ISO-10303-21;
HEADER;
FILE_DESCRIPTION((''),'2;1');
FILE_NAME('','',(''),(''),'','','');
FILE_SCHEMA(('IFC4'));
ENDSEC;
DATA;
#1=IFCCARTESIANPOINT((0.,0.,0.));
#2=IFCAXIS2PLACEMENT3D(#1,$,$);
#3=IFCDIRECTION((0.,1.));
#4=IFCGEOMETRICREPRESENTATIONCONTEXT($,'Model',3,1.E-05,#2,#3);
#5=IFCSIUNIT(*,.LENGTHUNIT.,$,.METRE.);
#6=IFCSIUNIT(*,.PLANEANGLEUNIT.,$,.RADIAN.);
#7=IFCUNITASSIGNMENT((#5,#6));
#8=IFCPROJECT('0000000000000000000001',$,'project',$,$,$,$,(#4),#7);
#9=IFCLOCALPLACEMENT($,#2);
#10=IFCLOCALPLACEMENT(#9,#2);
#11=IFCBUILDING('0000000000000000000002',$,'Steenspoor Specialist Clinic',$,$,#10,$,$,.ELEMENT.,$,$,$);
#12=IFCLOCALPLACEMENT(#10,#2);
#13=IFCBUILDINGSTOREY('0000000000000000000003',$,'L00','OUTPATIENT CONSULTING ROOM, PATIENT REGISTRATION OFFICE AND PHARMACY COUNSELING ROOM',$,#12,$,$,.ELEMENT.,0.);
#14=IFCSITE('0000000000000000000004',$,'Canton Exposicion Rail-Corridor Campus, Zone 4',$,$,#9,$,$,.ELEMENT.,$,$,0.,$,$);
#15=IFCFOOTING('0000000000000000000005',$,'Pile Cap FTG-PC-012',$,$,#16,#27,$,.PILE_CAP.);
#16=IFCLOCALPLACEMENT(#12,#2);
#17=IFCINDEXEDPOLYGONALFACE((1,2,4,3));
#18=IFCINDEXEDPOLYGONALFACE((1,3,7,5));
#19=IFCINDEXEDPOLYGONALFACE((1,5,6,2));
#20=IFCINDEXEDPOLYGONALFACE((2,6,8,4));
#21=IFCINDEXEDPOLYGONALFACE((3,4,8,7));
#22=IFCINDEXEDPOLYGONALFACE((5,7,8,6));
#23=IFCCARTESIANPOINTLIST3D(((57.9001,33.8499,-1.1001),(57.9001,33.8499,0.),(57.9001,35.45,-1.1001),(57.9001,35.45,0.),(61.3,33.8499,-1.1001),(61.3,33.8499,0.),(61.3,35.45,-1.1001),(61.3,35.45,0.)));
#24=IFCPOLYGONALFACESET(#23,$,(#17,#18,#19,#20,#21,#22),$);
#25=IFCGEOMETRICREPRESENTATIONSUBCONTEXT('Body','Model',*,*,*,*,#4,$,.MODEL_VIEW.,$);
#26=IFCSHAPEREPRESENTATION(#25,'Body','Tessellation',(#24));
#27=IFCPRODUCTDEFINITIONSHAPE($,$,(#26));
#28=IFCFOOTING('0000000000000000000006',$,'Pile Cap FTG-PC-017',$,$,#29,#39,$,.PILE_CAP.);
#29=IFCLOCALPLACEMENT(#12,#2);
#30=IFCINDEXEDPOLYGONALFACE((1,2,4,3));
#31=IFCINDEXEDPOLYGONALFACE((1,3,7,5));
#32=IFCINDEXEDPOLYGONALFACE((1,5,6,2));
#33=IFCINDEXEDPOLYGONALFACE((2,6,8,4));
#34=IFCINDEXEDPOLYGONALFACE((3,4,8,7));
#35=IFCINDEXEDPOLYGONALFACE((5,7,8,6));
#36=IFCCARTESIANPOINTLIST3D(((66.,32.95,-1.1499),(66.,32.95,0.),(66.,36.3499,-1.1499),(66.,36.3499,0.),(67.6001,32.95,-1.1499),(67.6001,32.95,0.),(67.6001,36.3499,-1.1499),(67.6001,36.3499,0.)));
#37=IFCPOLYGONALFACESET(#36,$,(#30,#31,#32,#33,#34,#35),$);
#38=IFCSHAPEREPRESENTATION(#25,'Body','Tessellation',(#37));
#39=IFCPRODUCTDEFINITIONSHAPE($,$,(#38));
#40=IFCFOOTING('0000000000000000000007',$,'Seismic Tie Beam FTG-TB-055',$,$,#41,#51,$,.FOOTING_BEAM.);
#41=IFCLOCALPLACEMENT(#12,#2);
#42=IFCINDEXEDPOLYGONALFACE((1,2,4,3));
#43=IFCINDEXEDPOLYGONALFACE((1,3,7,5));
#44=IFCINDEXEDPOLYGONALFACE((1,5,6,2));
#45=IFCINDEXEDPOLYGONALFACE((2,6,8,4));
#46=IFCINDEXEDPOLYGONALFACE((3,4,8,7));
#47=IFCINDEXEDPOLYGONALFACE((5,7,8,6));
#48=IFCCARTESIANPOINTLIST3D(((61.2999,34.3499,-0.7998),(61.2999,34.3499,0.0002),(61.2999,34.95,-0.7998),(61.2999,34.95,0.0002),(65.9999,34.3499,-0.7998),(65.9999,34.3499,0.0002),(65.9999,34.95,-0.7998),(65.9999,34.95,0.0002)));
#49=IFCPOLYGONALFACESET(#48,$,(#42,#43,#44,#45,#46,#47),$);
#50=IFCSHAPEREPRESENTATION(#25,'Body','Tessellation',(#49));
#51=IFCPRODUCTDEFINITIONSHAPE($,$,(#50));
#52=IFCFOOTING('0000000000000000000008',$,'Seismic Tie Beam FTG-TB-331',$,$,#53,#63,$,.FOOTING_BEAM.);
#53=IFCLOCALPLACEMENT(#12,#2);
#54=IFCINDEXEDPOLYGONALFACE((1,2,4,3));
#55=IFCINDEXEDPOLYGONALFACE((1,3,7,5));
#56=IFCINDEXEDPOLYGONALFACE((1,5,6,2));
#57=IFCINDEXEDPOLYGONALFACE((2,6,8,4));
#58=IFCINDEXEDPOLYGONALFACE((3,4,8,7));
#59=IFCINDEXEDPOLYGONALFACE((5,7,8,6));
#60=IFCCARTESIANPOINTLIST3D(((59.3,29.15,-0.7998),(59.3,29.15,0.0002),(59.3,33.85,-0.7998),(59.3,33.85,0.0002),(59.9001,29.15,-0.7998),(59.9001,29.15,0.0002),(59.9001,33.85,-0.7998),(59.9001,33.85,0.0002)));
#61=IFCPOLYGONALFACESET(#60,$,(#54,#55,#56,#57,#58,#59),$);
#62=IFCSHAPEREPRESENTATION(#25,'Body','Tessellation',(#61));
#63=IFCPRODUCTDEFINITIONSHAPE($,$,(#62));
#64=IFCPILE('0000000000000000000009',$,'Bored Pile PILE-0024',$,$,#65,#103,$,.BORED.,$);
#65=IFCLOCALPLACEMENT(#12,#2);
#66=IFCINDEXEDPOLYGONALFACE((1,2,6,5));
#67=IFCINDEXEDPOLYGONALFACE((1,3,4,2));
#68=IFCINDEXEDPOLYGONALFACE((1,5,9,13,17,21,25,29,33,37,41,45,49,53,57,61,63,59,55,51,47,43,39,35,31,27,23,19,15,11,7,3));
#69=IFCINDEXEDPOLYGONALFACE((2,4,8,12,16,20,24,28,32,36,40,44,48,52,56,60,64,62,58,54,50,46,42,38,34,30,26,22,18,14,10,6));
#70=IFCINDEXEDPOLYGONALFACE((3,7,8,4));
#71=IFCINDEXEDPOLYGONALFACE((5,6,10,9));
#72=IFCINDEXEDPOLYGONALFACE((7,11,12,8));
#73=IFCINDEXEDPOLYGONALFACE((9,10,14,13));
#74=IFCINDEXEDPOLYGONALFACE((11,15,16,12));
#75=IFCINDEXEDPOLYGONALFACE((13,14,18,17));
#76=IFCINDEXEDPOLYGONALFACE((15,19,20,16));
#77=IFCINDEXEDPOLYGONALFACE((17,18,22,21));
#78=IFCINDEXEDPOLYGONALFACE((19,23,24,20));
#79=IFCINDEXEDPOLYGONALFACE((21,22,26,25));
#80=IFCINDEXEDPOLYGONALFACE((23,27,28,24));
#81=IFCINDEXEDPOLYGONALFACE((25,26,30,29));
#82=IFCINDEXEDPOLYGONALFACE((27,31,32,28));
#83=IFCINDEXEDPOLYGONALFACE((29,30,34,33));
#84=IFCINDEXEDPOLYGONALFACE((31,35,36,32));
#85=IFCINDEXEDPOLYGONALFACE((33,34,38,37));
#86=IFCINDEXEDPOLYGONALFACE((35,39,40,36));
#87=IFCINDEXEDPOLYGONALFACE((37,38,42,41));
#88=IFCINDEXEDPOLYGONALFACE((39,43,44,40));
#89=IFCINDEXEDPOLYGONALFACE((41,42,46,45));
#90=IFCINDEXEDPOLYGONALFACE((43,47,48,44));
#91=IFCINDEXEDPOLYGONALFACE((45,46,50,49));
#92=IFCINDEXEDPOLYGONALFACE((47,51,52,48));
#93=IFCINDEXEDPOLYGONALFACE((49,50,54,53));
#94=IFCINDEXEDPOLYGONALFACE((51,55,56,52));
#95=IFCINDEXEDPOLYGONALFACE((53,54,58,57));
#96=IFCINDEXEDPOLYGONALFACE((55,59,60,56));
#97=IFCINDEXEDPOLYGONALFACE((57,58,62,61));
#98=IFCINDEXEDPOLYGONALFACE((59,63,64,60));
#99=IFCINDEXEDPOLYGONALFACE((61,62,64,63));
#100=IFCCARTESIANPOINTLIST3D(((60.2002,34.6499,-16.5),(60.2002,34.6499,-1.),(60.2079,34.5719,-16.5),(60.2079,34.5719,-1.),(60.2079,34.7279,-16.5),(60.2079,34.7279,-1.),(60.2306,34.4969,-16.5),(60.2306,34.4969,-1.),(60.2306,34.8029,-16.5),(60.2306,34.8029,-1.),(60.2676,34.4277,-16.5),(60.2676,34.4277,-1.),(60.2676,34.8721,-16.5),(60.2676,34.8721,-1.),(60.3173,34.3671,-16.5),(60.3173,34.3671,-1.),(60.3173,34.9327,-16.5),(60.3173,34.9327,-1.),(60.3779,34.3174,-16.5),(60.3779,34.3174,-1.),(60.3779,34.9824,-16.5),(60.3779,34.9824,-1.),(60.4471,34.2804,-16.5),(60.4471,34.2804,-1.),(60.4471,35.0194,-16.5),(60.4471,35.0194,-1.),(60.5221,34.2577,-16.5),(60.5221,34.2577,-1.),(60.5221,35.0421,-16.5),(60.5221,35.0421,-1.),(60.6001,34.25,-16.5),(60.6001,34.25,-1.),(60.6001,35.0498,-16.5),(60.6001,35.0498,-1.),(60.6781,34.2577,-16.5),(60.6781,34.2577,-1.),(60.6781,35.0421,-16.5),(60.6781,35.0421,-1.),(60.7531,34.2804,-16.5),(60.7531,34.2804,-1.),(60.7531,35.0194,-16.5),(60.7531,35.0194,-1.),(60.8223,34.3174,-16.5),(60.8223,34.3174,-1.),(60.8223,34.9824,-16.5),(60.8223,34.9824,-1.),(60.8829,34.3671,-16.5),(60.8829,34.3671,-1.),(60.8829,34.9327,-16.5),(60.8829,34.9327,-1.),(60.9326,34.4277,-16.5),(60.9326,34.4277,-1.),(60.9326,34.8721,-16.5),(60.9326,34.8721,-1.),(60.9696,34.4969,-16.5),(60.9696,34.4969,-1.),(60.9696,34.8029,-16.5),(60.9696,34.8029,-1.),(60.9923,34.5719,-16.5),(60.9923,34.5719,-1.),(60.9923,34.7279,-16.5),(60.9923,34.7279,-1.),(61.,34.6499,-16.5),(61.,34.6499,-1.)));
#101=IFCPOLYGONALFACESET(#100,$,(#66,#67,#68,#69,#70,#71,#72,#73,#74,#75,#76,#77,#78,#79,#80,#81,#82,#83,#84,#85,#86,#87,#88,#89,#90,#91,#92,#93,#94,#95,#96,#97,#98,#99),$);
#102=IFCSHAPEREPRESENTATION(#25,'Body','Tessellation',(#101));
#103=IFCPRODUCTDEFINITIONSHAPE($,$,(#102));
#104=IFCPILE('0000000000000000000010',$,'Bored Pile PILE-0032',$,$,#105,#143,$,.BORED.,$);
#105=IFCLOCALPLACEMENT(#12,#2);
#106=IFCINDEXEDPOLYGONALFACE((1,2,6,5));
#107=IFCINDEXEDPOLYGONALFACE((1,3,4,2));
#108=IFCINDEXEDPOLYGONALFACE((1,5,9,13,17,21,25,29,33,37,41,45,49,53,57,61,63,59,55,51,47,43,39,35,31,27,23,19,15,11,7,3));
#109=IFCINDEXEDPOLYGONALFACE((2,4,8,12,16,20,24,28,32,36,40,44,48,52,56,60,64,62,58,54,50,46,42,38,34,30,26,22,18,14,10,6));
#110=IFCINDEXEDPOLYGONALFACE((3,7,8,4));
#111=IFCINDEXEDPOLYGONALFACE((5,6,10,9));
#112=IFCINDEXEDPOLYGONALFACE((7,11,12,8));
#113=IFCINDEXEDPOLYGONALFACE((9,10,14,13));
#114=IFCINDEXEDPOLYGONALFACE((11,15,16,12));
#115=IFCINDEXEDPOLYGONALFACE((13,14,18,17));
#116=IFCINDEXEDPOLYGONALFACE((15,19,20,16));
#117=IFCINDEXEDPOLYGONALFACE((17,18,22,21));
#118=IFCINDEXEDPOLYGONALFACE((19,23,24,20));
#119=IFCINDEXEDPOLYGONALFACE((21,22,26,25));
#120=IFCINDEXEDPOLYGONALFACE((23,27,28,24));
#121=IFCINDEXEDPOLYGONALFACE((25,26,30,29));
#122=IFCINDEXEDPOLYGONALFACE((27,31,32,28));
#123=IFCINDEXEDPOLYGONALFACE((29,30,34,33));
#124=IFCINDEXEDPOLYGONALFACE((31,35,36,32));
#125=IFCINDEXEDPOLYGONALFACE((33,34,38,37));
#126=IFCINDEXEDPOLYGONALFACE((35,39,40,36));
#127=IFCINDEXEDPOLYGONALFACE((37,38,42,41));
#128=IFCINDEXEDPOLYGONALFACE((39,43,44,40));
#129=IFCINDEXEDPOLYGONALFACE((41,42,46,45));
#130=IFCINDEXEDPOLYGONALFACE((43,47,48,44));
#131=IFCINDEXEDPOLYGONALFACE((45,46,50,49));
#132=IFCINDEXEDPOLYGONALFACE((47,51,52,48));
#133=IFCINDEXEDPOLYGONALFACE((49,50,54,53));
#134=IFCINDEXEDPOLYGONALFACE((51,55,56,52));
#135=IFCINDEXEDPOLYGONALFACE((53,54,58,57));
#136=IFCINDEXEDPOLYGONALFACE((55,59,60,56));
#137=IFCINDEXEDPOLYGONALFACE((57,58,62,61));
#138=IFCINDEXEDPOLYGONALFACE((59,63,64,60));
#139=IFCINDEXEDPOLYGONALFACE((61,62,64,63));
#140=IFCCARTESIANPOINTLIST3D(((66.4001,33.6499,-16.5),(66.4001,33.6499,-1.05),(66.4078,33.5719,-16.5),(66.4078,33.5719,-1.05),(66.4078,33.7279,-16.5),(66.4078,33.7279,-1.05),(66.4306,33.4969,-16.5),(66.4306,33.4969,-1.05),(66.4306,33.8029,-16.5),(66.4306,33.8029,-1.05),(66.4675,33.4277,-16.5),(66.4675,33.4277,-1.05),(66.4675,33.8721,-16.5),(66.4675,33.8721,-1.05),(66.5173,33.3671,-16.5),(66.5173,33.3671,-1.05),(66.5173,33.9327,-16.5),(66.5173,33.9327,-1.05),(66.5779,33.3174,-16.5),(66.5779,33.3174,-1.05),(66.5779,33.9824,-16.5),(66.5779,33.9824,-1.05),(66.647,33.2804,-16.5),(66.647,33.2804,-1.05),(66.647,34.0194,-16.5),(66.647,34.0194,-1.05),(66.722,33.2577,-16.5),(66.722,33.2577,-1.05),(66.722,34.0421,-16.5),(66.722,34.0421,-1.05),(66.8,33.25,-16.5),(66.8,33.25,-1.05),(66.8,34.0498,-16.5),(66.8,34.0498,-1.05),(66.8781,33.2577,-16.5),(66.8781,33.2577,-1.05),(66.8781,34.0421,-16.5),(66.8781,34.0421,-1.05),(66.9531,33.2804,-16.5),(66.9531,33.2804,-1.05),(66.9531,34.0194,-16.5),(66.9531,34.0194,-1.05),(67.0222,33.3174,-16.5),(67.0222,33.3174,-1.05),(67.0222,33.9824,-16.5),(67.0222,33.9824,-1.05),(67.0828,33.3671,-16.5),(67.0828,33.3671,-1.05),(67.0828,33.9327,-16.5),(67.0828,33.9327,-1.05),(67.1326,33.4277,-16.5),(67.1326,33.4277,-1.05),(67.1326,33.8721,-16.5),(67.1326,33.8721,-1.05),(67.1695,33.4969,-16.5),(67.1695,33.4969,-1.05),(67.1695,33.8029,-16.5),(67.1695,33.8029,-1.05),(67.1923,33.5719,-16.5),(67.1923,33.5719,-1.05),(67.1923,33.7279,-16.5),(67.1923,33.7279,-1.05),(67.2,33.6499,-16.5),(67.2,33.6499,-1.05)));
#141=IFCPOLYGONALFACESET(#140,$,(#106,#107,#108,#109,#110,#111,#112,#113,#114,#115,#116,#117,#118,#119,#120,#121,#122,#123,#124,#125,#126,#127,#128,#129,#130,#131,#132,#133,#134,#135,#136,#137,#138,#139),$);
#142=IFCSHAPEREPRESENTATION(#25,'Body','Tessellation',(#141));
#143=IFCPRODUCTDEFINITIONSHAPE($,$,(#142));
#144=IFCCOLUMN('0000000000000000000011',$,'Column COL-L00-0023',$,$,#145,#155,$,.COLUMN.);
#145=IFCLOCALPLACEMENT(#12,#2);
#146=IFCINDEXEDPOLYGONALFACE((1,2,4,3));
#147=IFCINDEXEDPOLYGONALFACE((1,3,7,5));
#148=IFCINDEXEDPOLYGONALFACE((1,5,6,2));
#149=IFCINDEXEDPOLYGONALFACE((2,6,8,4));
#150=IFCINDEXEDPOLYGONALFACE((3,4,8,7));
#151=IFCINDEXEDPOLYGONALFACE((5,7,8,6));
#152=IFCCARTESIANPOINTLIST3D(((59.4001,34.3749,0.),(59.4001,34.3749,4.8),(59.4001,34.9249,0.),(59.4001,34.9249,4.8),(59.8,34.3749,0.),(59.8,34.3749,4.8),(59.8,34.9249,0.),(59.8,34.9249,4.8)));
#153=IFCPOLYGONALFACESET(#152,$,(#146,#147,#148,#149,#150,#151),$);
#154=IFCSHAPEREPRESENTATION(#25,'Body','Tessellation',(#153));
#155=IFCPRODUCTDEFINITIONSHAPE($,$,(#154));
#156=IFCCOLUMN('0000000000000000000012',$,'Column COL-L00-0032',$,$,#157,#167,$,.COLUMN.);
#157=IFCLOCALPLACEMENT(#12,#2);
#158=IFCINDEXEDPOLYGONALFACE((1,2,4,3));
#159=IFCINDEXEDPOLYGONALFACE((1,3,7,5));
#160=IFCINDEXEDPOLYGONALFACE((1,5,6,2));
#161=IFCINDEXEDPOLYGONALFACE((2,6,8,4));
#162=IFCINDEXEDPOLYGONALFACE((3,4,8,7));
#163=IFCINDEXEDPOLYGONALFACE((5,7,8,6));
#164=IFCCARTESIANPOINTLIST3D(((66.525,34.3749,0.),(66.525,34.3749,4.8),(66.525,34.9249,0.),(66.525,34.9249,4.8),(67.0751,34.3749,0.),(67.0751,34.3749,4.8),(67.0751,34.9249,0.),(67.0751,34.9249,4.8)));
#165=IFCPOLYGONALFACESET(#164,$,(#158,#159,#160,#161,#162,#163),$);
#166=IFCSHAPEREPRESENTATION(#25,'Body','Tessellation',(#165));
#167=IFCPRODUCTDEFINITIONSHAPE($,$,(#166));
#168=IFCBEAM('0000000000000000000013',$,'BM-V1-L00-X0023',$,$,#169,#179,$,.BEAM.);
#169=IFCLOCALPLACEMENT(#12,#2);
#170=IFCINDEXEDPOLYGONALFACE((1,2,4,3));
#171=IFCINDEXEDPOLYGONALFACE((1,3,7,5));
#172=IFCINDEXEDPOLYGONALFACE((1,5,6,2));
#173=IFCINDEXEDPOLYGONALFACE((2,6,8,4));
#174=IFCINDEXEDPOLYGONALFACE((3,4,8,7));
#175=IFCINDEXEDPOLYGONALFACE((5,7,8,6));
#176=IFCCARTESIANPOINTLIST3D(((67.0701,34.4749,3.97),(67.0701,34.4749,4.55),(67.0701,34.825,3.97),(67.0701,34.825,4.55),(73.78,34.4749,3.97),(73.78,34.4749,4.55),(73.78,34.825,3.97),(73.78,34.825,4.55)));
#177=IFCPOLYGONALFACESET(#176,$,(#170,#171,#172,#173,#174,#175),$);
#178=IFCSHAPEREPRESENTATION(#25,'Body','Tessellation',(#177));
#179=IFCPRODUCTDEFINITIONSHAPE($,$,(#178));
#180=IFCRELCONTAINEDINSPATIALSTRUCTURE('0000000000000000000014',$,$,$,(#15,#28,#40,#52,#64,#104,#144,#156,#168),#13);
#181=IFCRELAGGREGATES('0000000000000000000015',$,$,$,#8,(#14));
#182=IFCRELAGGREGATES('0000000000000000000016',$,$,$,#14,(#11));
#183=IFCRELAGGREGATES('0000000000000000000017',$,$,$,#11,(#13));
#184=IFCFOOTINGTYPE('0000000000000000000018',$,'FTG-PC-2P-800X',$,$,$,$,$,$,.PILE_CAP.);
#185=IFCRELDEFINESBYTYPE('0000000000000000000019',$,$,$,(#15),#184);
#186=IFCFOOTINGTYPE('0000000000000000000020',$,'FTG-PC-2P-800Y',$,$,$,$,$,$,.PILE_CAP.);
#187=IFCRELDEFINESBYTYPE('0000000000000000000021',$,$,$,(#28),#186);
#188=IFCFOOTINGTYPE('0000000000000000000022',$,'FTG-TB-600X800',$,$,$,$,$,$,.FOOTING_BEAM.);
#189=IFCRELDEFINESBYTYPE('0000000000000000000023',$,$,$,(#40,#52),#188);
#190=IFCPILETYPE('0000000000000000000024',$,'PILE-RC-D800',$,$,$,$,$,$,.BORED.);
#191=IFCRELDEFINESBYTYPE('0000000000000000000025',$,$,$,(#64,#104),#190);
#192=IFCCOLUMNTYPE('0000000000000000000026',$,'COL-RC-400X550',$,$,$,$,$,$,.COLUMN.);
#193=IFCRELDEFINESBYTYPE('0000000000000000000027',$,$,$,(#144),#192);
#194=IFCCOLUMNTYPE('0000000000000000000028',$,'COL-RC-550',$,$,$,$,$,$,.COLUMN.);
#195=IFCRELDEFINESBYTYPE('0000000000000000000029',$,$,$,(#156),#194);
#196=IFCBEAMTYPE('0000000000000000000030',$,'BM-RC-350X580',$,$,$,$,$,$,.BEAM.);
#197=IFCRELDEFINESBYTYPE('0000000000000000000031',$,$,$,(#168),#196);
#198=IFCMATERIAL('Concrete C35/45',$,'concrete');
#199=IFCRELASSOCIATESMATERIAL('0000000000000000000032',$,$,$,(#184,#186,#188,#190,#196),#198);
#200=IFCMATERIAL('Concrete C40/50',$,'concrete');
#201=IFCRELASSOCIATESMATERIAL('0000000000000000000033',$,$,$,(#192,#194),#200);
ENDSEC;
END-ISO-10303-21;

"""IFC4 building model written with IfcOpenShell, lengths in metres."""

from ifc_helpers import new_model, si_unit, direction, frame, origin, origin_2d, place, context, subcontext, project, spatial, rectangle, circle, extrude, material, material_profile, profile_set, type_object, element, save


model = new_model("IFC4")

# Units and contexts
model_context = context("Model", 3, precision=1e-05, world=origin(), true_north=direction((0.0, 1.0)))
body_context = subcontext(model_context, "Body", "Model", "MODEL_VIEW")
ifc_project = project(units=[si_unit("LENGTHUNIT", "METRE"), si_unit("PLANEANGLEUNIT", "RADIAN")], contexts=[model_context])

# Site, building, storey
site_placement = place(None, origin())
site = spatial("IfcSite", under=ifc_project, at=site_placement, Name="Canton Exposicion Rail-Corridor Campus, Zone 4", CompositionType="ELEMENT", RefElevation=0.0)
building_placement = place(site_placement, origin())
building = spatial("IfcBuilding", under=site, at=building_placement, Name="Steenspoor Specialist Clinic", CompositionType="ELEMENT")
storey_placement = place(building_placement, origin())
storey = spatial("IfcBuildingStorey", under=building, at=storey_placement, Name="L00", Description="OUTPATIENT CONSULTING ROOM, PATIENT REGISTRATION OFFICE AND PHARMACY COUNSELING ROOM", CompositionType="ELEMENT", Elevation=0.0)

# Footings
ifc_material_1 = material(Name="Concrete C35/45", Category="concrete")
footing_type_1 = type_object("IfcFootingType", Name="FTG-PC-2P-800X", PredefinedType="PILE_CAP", material=ifc_material_1)
footing_1_placement = place(storey_placement, frame((59.6001, 34.6499, -1.1001), z_axis=(0.0, 0.0, 1.0), x_axis=(1.0, 0.0, 0.0)))
element("IfcFooting", 1, at=footing_1_placement, inside=storey, type_object=footing_type_1, Name="Pile Cap FTG-PC-012", PredefinedType="PILE_CAP", context=body_context, shape_type="SweptSolid", body=[
    extrude(rectangle(XDim=3.3999, YDim=1.6001, at=origin_2d()), origin(), (0.0, 0.0, 1.0), 1.1001),
])
footing_type_2 = type_object("IfcFootingType", Name="FTG-PC-2P-800Y", PredefinedType="PILE_CAP", material=ifc_material_1)
footing_2_placement = place(storey_placement, frame((66.8, 34.6499, -1.1499), z_axis=(0.0, 0.0, 1.0), x_axis=(1.0, 0.0, 0.0)))
element("IfcFooting", 2, at=footing_2_placement, inside=storey, type_object=footing_type_2, Name="Pile Cap FTG-PC-017", PredefinedType="PILE_CAP", context=body_context, shape_type="SweptSolid", body=[
    extrude(rectangle(XDim=1.6001, YDim=3.3999, at=origin_2d()), origin(), (0.0, 0.0, 1.0), 1.1499),
])
footing_type_3 = type_object("IfcFootingType", Name="FTG-TB-600X800", PredefinedType="FOOTING_BEAM", material=ifc_material_1)
footing_3_placement = place(storey_placement, frame((63.6499, 34.6499, -0.7998), z_axis=(0.0, 0.0, 1.0), x_axis=(1.0, 0.0, 0.0)))
element("IfcFooting", 3, at=footing_3_placement, inside=storey, type_object=footing_type_3, Name="Seismic Tie Beam FTG-TB-055", PredefinedType="FOOTING_BEAM", context=body_context, shape_type="SweptSolid", body=[
    extrude(rectangle(XDim=4.7, YDim=0.6001, at=origin_2d()), origin(), (0.0, 0.0, 1.0), 0.8),
])
footing_4_placement = place(storey_placement, frame((59.6001, 31.5, -0.7998), z_axis=(0.0, 0.0, 1.0), x_axis=(1.0, 0.0, 0.0)))
element("IfcFooting", 4, at=footing_4_placement, inside=storey, type_object=footing_type_3, Name="Seismic Tie Beam FTG-TB-331", PredefinedType="FOOTING_BEAM", context=body_context, shape_type="SweptSolid", body=[
    extrude(rectangle(XDim=0.6001, YDim=4.7, at=origin_2d()), origin(), (0.0, 0.0, 1.0), 0.8),
])

# Piles
ifc_material_profile_1 = material_profile(ifc_material_1, circle(Radius=0.3999, at=origin_2d()), Name="PILE-D800")
ifc_profile_set_1 = profile_set([ifc_material_profile_1], Name="Concrete C35/45")
pile_type = type_object("IfcPileType", Name="PILE-RC-D800", PredefinedType="BORED", material=ifc_profile_set_1)
pile_1_placement = place(storey_placement, frame((60.6001, 34.6499, -1.0), z_axis=(0.0, 0.0, -1.0), x_axis=(1.0, 0.0, 0.0)))
element("IfcPile", 5, at=pile_1_placement, inside=storey, type_object=pile_type, Name="Bored Pile PILE-0024", PredefinedType="BORED", context=body_context, shape_type="SweptSolid", body=[
    extrude(circle(Radius=0.3999, at=origin_2d()), origin(), (0.0, 0.0, 1.0), 15.5),
])
pile_2_placement = place(storey_placement, frame((66.8, 33.6499, -1.05), z_axis=(0.0, 0.0, -1.0), x_axis=(1.0, 0.0, 0.0)))
element("IfcPile", 6, at=pile_2_placement, inside=storey, type_object=pile_type, Name="Bored Pile PILE-0032", PredefinedType="BORED", context=body_context, shape_type="SweptSolid", body=[
    extrude(circle(Radius=0.3999, at=origin_2d()), origin(), (0.0, 0.0, 1.0), 15.45),
])

# Columns
ifc_material_2 = material(Name="Concrete C40/50", Category="concrete")
ifc_material_profile_2 = material_profile(ifc_material_2, rectangle(XDim=0.3999, YDim=0.55, at=origin_2d()), Name="RC-COL-400X550")
ifc_profile_set_2 = profile_set([ifc_material_profile_2], Name="Concrete C40/50")
column_type_1 = type_object("IfcColumnType", Name="COL-RC-400X550", PredefinedType="COLUMN", material=ifc_profile_set_2)
column_1_placement = place(storey_placement, frame((59.6001, 34.6499, 0.0), z_axis=(0.0, 0.0, 1.0), x_axis=(1.0, 0.0, 0.0)))
element("IfcColumn", 7, at=column_1_placement, inside=storey, type_object=column_type_1, Name="Column COL-L00-0023", PredefinedType="COLUMN", context=body_context, shape_type="SweptSolid", body=[
    extrude(rectangle(XDim=0.3999, YDim=0.55, at=origin_2d()), origin(), (0.0, 0.0, 1.0), 4.8),
])
ifc_material_profile_3 = material_profile(ifc_material_2, rectangle(XDim=0.55, YDim=0.55, at=origin_2d()), Name="RC-COL-550X550")
ifc_profile_set_3 = profile_set([ifc_material_profile_3], Name="Concrete C40/50")
column_type_2 = type_object("IfcColumnType", Name="COL-RC-550", PredefinedType="COLUMN", material=ifc_profile_set_3)
column_2_placement = place(storey_placement, frame((66.8, 34.6499, 0.0), z_axis=(0.0, 0.0, 1.0), x_axis=(1.0, 0.0, 0.0)))
element("IfcColumn", 8, at=column_2_placement, inside=storey, type_object=column_type_2, Name="Column COL-L00-0032", PredefinedType="COLUMN", context=body_context, shape_type="SweptSolid", body=[
    extrude(rectangle(XDim=0.55, YDim=0.55, at=origin_2d()), origin(), (0.0, 0.0, 1.0), 4.8),
])

# Beam
ifc_material_profile_4 = material_profile(ifc_material_1, rectangle(XDim=0.3501, YDim=0.5801, at=origin_2d()), Name="RC-BM-350X580")
ifc_profile_set_4 = profile_set([ifc_material_profile_4], Name="Concrete C35/45")
beam_type_1 = type_object("IfcBeamType", Name="BM-RC-350X580", PredefinedType="BEAM", material=ifc_profile_set_4)
beam_1_placement = place(storey_placement, frame((67.0701, 34.6499, 4.26), z_axis=(1.0, 0.0, 0.0), x_axis=(0.0, 1.0, 0.0)))
element("IfcBeam", 9, at=beam_1_placement, inside=storey, type_object=beam_type_1, Name="BM-V1-L00-X0023", PredefinedType="BEAM", context=body_context, shape_type="SweptSolid", body=[
    extrude(rectangle(XDim=0.3501, YDim=0.5801, at=origin_2d()), origin(), (0.0, 0.0, 1.0), 6.71),
])

save(model, "model.ifc")
